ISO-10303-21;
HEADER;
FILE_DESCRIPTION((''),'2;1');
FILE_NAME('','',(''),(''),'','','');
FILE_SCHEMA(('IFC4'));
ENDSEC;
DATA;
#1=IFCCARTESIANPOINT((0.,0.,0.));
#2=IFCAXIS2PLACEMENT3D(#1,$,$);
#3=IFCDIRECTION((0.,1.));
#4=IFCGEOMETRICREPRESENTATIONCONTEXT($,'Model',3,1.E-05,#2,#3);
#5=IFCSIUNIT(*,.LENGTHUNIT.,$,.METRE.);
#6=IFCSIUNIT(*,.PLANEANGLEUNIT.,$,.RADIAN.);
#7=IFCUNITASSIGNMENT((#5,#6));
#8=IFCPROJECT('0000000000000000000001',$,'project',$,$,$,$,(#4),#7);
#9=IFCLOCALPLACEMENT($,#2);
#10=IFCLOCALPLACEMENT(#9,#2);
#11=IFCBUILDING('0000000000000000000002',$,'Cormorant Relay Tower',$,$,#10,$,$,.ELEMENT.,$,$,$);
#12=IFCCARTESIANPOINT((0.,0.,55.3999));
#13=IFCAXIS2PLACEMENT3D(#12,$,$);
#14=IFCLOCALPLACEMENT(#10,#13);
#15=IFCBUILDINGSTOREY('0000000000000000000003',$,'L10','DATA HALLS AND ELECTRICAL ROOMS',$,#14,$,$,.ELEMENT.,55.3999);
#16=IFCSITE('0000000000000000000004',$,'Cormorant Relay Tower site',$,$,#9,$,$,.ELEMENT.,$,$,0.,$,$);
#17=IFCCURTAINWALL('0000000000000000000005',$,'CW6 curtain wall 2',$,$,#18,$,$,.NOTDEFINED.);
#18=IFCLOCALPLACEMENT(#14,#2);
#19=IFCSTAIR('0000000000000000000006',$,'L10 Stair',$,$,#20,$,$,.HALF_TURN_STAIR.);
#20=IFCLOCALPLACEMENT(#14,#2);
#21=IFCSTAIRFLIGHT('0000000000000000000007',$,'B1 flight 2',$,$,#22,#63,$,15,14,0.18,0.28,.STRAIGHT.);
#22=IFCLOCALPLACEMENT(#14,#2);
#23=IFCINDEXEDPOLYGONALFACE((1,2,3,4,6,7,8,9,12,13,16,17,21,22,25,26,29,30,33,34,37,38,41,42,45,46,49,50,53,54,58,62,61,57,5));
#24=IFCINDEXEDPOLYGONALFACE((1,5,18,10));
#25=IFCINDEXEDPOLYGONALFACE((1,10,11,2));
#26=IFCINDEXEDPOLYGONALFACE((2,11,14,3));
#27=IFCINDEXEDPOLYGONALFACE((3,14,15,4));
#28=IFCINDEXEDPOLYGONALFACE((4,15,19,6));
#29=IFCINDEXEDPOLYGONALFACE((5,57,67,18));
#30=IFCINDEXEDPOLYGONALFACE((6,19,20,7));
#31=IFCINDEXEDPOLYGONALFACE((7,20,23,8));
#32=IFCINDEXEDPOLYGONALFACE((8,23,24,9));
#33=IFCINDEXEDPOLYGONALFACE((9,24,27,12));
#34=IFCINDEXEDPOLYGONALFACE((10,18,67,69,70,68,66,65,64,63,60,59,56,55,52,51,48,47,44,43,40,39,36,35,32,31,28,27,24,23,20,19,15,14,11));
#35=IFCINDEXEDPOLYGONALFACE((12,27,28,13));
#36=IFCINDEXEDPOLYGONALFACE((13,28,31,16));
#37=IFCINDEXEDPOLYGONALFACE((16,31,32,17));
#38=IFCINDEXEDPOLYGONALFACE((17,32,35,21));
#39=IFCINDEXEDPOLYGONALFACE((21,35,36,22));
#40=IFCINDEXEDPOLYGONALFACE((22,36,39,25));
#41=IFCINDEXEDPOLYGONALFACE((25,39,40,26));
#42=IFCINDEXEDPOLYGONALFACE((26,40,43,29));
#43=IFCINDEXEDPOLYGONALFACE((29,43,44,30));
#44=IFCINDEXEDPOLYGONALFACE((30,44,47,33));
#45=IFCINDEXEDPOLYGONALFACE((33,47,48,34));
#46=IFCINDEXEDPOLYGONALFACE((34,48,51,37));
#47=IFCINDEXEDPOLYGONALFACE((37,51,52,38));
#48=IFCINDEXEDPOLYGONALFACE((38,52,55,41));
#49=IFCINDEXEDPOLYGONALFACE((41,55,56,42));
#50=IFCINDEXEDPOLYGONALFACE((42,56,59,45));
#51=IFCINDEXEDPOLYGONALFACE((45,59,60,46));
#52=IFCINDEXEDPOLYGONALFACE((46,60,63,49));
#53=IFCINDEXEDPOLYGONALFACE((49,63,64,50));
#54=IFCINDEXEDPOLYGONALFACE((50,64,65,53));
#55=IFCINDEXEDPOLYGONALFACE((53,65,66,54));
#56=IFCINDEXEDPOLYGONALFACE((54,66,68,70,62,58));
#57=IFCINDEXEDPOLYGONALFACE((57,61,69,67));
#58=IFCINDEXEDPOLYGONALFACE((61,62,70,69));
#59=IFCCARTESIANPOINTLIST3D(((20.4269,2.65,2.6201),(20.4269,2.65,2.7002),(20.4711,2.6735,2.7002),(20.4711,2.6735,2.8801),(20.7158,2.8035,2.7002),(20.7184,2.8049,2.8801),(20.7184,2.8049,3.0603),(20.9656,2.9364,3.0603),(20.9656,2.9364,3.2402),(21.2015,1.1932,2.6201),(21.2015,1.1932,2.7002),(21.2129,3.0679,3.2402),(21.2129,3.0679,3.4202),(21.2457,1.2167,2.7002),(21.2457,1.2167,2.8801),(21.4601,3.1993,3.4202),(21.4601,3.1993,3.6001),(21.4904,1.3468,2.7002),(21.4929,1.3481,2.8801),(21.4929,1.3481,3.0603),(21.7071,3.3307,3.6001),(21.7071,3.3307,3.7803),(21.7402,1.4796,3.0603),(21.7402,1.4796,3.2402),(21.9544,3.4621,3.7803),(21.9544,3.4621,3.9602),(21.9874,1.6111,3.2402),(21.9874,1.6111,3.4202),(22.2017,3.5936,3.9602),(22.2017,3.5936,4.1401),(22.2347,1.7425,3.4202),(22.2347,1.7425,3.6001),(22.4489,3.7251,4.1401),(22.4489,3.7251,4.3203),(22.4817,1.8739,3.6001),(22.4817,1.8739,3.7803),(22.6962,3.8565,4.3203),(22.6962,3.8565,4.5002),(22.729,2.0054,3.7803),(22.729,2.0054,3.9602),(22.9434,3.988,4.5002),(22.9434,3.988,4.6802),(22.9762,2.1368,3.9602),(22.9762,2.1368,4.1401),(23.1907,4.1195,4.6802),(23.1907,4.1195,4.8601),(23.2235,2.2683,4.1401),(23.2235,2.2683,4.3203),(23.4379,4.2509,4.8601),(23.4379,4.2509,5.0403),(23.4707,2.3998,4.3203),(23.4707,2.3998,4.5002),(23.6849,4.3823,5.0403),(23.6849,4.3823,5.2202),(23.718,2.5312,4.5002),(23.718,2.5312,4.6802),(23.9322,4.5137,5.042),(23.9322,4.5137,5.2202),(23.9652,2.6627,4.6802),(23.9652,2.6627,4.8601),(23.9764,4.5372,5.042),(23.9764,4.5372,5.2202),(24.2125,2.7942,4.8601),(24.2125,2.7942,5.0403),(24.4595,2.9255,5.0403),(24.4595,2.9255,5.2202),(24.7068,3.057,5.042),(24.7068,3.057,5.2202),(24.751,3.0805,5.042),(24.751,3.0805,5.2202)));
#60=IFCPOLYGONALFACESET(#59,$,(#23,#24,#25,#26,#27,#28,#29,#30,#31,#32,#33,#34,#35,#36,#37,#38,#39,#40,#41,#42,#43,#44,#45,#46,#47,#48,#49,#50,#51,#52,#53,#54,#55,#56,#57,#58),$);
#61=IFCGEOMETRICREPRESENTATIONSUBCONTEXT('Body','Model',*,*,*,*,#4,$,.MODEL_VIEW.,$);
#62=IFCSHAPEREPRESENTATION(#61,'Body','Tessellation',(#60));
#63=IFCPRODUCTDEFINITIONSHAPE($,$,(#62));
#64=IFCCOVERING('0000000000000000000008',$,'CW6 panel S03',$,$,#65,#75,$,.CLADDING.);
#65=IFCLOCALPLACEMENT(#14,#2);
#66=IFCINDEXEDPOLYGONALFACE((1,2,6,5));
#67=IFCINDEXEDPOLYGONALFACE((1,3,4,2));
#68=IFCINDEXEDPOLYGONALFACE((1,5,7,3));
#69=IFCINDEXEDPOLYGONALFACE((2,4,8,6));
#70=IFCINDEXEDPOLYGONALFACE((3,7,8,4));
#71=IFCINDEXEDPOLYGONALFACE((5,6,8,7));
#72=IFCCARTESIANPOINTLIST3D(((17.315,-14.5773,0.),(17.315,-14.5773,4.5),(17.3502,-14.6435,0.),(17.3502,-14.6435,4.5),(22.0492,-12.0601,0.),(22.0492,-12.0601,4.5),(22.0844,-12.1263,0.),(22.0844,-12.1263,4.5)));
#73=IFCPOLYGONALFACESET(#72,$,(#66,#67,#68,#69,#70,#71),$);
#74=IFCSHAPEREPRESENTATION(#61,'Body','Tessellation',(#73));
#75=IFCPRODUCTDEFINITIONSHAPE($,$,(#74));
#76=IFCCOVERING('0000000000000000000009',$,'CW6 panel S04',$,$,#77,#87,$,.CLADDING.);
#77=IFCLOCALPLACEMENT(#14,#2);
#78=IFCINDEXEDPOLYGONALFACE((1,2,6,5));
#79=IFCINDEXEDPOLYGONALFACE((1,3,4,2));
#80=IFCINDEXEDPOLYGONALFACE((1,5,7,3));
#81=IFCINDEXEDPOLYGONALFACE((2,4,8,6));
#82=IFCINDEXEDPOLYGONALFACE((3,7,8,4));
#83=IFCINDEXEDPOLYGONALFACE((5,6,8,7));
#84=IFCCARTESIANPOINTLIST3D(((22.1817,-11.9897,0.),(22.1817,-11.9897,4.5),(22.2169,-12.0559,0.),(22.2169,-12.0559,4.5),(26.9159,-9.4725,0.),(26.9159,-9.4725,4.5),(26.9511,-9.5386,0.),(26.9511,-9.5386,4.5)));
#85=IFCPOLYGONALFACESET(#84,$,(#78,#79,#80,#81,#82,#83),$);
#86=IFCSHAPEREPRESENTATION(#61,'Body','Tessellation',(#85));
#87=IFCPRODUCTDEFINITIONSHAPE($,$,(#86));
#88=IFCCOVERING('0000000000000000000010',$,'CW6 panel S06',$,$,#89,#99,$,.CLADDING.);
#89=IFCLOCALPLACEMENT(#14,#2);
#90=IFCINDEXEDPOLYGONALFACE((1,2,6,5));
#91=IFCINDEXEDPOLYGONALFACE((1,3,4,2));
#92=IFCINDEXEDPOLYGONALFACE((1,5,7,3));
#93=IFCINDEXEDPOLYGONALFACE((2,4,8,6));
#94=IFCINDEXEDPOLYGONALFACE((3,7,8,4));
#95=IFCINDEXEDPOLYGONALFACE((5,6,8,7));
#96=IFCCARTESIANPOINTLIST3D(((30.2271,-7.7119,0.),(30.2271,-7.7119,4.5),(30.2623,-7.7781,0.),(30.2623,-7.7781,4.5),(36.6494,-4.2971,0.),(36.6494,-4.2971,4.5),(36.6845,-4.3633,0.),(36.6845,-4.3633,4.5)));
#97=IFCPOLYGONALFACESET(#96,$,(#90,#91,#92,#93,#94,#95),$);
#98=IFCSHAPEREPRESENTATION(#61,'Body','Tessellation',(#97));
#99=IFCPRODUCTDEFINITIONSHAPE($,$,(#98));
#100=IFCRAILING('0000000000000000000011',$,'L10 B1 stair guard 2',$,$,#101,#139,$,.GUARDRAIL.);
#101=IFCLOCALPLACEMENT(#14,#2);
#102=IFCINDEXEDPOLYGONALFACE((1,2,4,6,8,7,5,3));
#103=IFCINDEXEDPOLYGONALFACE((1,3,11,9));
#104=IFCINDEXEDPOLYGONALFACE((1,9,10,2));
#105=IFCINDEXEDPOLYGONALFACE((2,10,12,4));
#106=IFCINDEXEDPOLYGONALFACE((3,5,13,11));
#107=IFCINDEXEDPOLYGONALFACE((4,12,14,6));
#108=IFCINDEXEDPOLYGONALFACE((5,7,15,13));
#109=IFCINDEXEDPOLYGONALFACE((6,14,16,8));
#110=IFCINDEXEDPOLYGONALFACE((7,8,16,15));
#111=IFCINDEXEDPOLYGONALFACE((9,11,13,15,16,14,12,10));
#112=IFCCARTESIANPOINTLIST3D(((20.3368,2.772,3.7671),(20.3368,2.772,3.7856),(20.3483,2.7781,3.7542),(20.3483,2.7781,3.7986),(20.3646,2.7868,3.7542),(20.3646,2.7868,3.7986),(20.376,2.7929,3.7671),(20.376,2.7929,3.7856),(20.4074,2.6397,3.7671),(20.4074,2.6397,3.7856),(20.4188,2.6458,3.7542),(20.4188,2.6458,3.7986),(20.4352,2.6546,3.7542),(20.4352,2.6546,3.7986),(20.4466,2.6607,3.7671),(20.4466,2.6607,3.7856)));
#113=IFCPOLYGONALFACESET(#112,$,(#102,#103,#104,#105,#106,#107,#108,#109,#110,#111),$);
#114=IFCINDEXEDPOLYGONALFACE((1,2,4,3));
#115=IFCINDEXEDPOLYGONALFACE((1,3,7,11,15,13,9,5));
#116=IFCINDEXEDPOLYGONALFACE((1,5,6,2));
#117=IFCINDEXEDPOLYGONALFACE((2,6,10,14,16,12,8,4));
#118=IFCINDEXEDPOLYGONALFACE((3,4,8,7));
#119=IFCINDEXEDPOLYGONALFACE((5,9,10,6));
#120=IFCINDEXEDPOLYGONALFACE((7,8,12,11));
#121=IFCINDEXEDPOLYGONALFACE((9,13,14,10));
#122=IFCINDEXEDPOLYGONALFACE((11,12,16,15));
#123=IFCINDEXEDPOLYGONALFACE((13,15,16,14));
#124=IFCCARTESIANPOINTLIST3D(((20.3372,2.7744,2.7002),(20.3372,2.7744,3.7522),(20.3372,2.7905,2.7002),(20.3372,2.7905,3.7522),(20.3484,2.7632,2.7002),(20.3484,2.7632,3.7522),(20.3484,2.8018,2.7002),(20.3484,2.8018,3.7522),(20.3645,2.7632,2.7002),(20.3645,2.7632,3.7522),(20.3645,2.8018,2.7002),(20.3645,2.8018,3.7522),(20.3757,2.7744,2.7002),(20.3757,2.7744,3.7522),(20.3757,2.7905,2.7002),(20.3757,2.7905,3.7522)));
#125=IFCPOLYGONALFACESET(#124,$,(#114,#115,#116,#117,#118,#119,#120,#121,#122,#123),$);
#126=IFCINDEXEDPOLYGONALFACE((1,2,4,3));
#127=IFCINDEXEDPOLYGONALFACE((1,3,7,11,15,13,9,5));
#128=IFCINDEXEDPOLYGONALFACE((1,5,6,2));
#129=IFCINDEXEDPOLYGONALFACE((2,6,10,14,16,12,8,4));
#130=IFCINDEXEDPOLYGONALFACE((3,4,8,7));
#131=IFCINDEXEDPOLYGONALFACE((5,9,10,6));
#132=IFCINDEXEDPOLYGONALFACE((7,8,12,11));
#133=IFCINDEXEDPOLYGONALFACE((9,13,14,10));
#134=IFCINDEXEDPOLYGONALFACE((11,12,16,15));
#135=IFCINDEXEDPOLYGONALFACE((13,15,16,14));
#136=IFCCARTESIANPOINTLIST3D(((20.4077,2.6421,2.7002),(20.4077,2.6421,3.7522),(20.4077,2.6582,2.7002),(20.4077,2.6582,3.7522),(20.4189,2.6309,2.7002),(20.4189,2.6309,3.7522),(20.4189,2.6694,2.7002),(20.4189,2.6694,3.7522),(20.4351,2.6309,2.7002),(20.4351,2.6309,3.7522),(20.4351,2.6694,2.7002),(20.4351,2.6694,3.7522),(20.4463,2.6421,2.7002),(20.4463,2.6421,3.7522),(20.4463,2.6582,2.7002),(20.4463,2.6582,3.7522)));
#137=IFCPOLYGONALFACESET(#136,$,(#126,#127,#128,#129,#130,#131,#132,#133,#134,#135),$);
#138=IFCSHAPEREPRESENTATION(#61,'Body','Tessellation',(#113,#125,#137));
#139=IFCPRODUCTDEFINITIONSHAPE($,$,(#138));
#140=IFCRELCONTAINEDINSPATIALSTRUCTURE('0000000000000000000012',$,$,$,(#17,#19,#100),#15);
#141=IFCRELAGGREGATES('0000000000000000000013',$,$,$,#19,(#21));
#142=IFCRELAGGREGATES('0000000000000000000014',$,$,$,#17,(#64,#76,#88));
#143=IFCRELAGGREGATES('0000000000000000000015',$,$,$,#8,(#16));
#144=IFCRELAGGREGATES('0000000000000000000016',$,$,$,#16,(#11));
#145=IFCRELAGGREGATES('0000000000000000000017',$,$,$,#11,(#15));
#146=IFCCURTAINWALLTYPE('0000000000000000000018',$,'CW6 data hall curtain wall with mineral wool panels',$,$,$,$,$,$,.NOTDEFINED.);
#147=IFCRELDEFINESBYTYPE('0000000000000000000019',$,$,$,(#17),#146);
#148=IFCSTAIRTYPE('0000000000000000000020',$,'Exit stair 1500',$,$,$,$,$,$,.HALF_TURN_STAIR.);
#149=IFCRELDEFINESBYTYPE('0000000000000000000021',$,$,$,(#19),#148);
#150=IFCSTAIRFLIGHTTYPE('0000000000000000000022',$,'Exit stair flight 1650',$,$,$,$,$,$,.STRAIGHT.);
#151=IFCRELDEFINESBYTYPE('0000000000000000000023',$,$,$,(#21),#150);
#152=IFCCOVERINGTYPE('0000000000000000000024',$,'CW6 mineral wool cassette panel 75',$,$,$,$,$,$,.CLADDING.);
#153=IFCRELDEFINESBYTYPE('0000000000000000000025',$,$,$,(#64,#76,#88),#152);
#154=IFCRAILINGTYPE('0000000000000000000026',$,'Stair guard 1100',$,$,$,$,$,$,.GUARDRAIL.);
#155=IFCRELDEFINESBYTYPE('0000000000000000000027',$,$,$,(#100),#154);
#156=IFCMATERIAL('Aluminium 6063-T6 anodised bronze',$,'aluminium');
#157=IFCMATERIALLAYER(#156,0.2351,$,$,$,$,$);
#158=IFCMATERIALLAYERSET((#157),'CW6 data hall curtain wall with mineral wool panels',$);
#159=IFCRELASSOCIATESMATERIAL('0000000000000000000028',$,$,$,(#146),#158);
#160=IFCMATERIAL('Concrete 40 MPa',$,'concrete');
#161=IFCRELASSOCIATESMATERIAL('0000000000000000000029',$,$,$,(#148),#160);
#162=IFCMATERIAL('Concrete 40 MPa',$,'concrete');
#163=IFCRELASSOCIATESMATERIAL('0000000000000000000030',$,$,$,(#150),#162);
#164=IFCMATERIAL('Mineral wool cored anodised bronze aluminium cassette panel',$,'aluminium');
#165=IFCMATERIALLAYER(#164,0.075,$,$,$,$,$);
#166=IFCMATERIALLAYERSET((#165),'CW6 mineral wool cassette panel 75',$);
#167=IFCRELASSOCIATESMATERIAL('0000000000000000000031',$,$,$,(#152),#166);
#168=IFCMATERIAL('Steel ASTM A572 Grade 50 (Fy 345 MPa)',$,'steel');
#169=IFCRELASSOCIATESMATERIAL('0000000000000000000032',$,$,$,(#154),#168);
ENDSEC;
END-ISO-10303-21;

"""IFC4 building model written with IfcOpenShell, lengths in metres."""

from ifc_helpers import new_model, si_unit, direction, frame, origin, origin_2d, place, context, subcontext, project, spatial, polyline, rectangle, outline, extrude, material, layer, layer_set, type_object, element, aggregate, save


model = new_model("IFC4")

# Units and contexts
model_context = context("Model", 3, precision=1e-05, world=origin(), true_north=direction((0.0, 1.0)))
body_context = subcontext(model_context, "Body", "Model", "MODEL_VIEW")
ifc_project = project(units=[si_unit("LENGTHUNIT", "METRE"), si_unit("PLANEANGLEUNIT", "RADIAN")], contexts=[model_context])

# Site, building, storey
site_placement = place(None, origin())
site = spatial("IfcSite", under=ifc_project, at=site_placement, Name="Cormorant Relay Tower site", CompositionType="ELEMENT", RefElevation=0.0)
building_placement = place(site_placement, origin())
building = spatial("IfcBuilding", under=site, at=building_placement, Name="Cormorant Relay Tower", CompositionType="ELEMENT")
storey_placement = place(building_placement, frame((0.0, 0.0, 55.3999)))
storey = spatial("IfcBuildingStorey", under=building, at=storey_placement, Name="L10", Description="DATA HALLS AND ELECTRICAL ROOMS", CompositionType="ELEMENT", Elevation=55.3999)

# Curtain wall
ifc_material_1 = material(Name="Aluminium 6063-T6 anodised bronze", Category="aluminium")
ifc_layer_1 = layer(ifc_material_1, 0.2351)
ifc_layer_set_1 = layer_set([ifc_layer_1], Name="CW6 data hall curtain wall with mineral wool panels")
curtain_wall_type = type_object("IfcCurtainWallType", Name="CW6 data hall curtain wall with mineral wool panels", PredefinedType="NOTDEFINED", material=ifc_layer_set_1)
curtain_wall_placement = place(storey_placement, origin())
curtain_wall = element("IfcCurtainWall", 1, at=curtain_wall_placement, inside=storey, type_object=curtain_wall_type, Name="CW6 curtain wall 2", PredefinedType="NOTDEFINED")

# Stair, stair flight
ifc_material_2 = material(Name="Concrete 40 MPa", Category="concrete")
stair_type = type_object("IfcStairType", Name="Exit stair 1500", PredefinedType="HALF_TURN_STAIR", material=ifc_material_2)
stair_placement = place(storey_placement, origin())
stair = element("IfcStair", 2, at=stair_placement, inside=storey, type_object=stair_type, Name="L10 Stair", PredefinedType="HALF_TURN_STAIR")
ifc_material_3 = material(Name="Concrete 40 MPa", Category="concrete")
stair_flight_type = type_object("IfcStairFlightType", Name="Exit stair flight 1650", PredefinedType="STRAIGHT", material=ifc_material_3)
stair_flight_placement = place(storey_placement, frame((20.8584, 1.9451, 2.7002), z_axis=(0.0, 0.0, 1.0), x_axis=(0.882948, 0.469472, 0.0)))
stair_flight = element("IfcStairFlight", 3, at=stair_flight_placement, type_object=stair_flight_type, Name="B1 flight 2", NumberOfRisers=15, NumberOfTreads=14, PredefinedType="STRAIGHT", RiserHeight=0.18, TreadLength=0.28, context=body_context, shape_type="SweptSolid", body=[
    extrude(outline(polyline([(-0.05, -0.0801), (-0.05, 0.0), (0.0, 0.0), (0.0, 0.1799), (0.28, 0.1799), (0.28, 0.3601), (0.5601, 0.3601), (0.5601, 0.54), (0.8401, 0.54), (0.8401, 0.72), (1.1201, 0.72), (1.1201, 0.8999), (1.3999, 0.8999), (1.3999, 1.0801), (1.6799, 1.0801), (1.6799, 1.26), (1.96, 1.26), (1.96, 1.4399), (2.24, 1.4399), (2.24, 1.6201), (2.52, 1.6201), (2.52, 1.8), (2.8, 1.8), (2.8, 1.98), (3.0801, 1.98), (3.0801, 2.1599), (3.3601, 2.1599), (3.3601, 2.3401), (3.6399, 2.3401), (3.6399, 2.52), (3.9199, 2.52), (3.97, 2.52), (3.97, 2.3418), (3.9199, 2.3418), (0.2771, 0.0), (-0.05, -0.0801)])), frame((0.0, 0.825, 0.0), z_axis=(0.0, -1.0, 0.0), x_axis=(1.0, 0.0, 0.0)), (0.0, 0.0, 1.0), 1.6499),
])
aggregate(stair, [stair_flight])

# Coverings
ifc_material_4 = material(Name="Mineral wool cored anodised bronze aluminium cassette panel", Category="aluminium")
ifc_layer_2 = layer(ifc_material_4, 0.075)
ifc_layer_set_2 = layer_set([ifc_layer_2], Name="CW6 mineral wool cassette panel 75")
covering_type = type_object("IfcCoveringType", Name="CW6 mineral wool cassette panel 75", PredefinedType="CLADDING", material=ifc_layer_set_2)
covering_1_placement = place(storey_placement, frame((19.6997, -13.3518, 0.0), z_axis=(0.0, 0.0, 1.0), x_axis=(0.882948, 0.469472, 0.0)))
covering_1 = element("IfcCovering", 4, at=covering_1_placement, type_object=covering_type, Name="CW6 panel S03", PredefinedType="CLADDING", context=body_context, shape_type="SweptSolid", body=[
    extrude(rectangle(XDim=5.3618, YDim=0.075, at=origin_2d()), origin(), (0.0, 0.0, 1.0), 4.5),
])
covering_2_placement = place(storey_placement, frame((24.5664, -10.7642, 0.0), z_axis=(0.0, 0.0, 1.0), x_axis=(0.882948, 0.469472, 0.0)))
covering_2 = element("IfcCovering", 5, at=covering_2_placement, type_object=covering_type, Name="CW6 panel S04", PredefinedType="CLADDING", context=body_context, shape_type="SweptSolid", body=[
    extrude(rectangle(XDim=5.3618, YDim=0.075, at=origin_2d()), origin(), (0.0, 0.0, 1.0), 4.5),
])
covering_3_placement = place(storey_placement, frame((33.4558, -6.0376, 0.0), z_axis=(0.0, 0.0, 1.0), x_axis=(0.882948, 0.469472, 0.0)))
covering_3 = element("IfcCovering", 6, at=covering_3_placement, type_object=covering_type, Name="CW6 panel S06", PredefinedType="CLADDING", context=body_context, shape_type="SweptSolid", body=[
    extrude(rectangle(XDim=7.2737, YDim=0.075, at=origin_2d()), origin(), (0.0, 0.0, 1.0), 4.5),
])
aggregate(curtain_wall, [covering_1, covering_2, covering_3])

# Railing
ifc_material_5 = material(Name="Steel ASTM A572 Grade 50 (Fy 345 MPa)", Category="steel")
railing_type_1 = type_object("IfcRailingType", Name="Stair guard 1100", PredefinedType="GUARDRAIL", material=ifc_material_5)
railing_1_placement = place(storey_placement, frame((20.3564, 2.7825, 2.7002)))
element("IfcRailing", 7, at=railing_1_placement, inside=storey, type_object=railing_type_1, Name="L10 B1 stair guard 2", PredefinedType="GUARDRAIL", context=body_context, shape_type="SweptSolid", body=[
    extrude(outline(polyline([(0.0222, 0.0093), (0.0093, 0.0222), (-0.0093, 0.0222), (-0.0222, 0.0093), (-0.0222, -0.0093), (-0.0093, -0.0222), (0.0093, -0.0222), (0.0222, -0.0093), (0.0222, 0.0093)])), frame((0.0, 0.0, 1.0762), z_axis=(0.470504, -0.882398, 0.0), x_axis=(0.882398, 0.470504, 0.0)), (0.0, 0.0, 1.0), 0.1499),
    extrude(outline(polyline([(0.0193, 0.0081), (0.0081, 0.0193), (-0.0081, 0.0193), (-0.0193, 0.0081), (-0.0193, -0.0081), (-0.0081, -0.0193), (0.0081, -0.0193), (0.0193, -0.0081), (0.0193, 0.0081)])), origin(), (0.0, 0.0, 1.0), 1.052),
    extrude(outline(polyline([(0.0193, 0.0081), (0.0081, 0.0193), (-0.0081, 0.0193), (-0.0193, 0.0081), (-0.0193, -0.0081), (-0.0081, -0.0193), (0.0081, -0.0193), (0.0193, -0.0081), (0.0193, 0.0081)])), frame((0.0706, -0.1323, 0.0)), (0.0, 0.0, 1.0), 1.052),
])

save(model, "model.ifc")
